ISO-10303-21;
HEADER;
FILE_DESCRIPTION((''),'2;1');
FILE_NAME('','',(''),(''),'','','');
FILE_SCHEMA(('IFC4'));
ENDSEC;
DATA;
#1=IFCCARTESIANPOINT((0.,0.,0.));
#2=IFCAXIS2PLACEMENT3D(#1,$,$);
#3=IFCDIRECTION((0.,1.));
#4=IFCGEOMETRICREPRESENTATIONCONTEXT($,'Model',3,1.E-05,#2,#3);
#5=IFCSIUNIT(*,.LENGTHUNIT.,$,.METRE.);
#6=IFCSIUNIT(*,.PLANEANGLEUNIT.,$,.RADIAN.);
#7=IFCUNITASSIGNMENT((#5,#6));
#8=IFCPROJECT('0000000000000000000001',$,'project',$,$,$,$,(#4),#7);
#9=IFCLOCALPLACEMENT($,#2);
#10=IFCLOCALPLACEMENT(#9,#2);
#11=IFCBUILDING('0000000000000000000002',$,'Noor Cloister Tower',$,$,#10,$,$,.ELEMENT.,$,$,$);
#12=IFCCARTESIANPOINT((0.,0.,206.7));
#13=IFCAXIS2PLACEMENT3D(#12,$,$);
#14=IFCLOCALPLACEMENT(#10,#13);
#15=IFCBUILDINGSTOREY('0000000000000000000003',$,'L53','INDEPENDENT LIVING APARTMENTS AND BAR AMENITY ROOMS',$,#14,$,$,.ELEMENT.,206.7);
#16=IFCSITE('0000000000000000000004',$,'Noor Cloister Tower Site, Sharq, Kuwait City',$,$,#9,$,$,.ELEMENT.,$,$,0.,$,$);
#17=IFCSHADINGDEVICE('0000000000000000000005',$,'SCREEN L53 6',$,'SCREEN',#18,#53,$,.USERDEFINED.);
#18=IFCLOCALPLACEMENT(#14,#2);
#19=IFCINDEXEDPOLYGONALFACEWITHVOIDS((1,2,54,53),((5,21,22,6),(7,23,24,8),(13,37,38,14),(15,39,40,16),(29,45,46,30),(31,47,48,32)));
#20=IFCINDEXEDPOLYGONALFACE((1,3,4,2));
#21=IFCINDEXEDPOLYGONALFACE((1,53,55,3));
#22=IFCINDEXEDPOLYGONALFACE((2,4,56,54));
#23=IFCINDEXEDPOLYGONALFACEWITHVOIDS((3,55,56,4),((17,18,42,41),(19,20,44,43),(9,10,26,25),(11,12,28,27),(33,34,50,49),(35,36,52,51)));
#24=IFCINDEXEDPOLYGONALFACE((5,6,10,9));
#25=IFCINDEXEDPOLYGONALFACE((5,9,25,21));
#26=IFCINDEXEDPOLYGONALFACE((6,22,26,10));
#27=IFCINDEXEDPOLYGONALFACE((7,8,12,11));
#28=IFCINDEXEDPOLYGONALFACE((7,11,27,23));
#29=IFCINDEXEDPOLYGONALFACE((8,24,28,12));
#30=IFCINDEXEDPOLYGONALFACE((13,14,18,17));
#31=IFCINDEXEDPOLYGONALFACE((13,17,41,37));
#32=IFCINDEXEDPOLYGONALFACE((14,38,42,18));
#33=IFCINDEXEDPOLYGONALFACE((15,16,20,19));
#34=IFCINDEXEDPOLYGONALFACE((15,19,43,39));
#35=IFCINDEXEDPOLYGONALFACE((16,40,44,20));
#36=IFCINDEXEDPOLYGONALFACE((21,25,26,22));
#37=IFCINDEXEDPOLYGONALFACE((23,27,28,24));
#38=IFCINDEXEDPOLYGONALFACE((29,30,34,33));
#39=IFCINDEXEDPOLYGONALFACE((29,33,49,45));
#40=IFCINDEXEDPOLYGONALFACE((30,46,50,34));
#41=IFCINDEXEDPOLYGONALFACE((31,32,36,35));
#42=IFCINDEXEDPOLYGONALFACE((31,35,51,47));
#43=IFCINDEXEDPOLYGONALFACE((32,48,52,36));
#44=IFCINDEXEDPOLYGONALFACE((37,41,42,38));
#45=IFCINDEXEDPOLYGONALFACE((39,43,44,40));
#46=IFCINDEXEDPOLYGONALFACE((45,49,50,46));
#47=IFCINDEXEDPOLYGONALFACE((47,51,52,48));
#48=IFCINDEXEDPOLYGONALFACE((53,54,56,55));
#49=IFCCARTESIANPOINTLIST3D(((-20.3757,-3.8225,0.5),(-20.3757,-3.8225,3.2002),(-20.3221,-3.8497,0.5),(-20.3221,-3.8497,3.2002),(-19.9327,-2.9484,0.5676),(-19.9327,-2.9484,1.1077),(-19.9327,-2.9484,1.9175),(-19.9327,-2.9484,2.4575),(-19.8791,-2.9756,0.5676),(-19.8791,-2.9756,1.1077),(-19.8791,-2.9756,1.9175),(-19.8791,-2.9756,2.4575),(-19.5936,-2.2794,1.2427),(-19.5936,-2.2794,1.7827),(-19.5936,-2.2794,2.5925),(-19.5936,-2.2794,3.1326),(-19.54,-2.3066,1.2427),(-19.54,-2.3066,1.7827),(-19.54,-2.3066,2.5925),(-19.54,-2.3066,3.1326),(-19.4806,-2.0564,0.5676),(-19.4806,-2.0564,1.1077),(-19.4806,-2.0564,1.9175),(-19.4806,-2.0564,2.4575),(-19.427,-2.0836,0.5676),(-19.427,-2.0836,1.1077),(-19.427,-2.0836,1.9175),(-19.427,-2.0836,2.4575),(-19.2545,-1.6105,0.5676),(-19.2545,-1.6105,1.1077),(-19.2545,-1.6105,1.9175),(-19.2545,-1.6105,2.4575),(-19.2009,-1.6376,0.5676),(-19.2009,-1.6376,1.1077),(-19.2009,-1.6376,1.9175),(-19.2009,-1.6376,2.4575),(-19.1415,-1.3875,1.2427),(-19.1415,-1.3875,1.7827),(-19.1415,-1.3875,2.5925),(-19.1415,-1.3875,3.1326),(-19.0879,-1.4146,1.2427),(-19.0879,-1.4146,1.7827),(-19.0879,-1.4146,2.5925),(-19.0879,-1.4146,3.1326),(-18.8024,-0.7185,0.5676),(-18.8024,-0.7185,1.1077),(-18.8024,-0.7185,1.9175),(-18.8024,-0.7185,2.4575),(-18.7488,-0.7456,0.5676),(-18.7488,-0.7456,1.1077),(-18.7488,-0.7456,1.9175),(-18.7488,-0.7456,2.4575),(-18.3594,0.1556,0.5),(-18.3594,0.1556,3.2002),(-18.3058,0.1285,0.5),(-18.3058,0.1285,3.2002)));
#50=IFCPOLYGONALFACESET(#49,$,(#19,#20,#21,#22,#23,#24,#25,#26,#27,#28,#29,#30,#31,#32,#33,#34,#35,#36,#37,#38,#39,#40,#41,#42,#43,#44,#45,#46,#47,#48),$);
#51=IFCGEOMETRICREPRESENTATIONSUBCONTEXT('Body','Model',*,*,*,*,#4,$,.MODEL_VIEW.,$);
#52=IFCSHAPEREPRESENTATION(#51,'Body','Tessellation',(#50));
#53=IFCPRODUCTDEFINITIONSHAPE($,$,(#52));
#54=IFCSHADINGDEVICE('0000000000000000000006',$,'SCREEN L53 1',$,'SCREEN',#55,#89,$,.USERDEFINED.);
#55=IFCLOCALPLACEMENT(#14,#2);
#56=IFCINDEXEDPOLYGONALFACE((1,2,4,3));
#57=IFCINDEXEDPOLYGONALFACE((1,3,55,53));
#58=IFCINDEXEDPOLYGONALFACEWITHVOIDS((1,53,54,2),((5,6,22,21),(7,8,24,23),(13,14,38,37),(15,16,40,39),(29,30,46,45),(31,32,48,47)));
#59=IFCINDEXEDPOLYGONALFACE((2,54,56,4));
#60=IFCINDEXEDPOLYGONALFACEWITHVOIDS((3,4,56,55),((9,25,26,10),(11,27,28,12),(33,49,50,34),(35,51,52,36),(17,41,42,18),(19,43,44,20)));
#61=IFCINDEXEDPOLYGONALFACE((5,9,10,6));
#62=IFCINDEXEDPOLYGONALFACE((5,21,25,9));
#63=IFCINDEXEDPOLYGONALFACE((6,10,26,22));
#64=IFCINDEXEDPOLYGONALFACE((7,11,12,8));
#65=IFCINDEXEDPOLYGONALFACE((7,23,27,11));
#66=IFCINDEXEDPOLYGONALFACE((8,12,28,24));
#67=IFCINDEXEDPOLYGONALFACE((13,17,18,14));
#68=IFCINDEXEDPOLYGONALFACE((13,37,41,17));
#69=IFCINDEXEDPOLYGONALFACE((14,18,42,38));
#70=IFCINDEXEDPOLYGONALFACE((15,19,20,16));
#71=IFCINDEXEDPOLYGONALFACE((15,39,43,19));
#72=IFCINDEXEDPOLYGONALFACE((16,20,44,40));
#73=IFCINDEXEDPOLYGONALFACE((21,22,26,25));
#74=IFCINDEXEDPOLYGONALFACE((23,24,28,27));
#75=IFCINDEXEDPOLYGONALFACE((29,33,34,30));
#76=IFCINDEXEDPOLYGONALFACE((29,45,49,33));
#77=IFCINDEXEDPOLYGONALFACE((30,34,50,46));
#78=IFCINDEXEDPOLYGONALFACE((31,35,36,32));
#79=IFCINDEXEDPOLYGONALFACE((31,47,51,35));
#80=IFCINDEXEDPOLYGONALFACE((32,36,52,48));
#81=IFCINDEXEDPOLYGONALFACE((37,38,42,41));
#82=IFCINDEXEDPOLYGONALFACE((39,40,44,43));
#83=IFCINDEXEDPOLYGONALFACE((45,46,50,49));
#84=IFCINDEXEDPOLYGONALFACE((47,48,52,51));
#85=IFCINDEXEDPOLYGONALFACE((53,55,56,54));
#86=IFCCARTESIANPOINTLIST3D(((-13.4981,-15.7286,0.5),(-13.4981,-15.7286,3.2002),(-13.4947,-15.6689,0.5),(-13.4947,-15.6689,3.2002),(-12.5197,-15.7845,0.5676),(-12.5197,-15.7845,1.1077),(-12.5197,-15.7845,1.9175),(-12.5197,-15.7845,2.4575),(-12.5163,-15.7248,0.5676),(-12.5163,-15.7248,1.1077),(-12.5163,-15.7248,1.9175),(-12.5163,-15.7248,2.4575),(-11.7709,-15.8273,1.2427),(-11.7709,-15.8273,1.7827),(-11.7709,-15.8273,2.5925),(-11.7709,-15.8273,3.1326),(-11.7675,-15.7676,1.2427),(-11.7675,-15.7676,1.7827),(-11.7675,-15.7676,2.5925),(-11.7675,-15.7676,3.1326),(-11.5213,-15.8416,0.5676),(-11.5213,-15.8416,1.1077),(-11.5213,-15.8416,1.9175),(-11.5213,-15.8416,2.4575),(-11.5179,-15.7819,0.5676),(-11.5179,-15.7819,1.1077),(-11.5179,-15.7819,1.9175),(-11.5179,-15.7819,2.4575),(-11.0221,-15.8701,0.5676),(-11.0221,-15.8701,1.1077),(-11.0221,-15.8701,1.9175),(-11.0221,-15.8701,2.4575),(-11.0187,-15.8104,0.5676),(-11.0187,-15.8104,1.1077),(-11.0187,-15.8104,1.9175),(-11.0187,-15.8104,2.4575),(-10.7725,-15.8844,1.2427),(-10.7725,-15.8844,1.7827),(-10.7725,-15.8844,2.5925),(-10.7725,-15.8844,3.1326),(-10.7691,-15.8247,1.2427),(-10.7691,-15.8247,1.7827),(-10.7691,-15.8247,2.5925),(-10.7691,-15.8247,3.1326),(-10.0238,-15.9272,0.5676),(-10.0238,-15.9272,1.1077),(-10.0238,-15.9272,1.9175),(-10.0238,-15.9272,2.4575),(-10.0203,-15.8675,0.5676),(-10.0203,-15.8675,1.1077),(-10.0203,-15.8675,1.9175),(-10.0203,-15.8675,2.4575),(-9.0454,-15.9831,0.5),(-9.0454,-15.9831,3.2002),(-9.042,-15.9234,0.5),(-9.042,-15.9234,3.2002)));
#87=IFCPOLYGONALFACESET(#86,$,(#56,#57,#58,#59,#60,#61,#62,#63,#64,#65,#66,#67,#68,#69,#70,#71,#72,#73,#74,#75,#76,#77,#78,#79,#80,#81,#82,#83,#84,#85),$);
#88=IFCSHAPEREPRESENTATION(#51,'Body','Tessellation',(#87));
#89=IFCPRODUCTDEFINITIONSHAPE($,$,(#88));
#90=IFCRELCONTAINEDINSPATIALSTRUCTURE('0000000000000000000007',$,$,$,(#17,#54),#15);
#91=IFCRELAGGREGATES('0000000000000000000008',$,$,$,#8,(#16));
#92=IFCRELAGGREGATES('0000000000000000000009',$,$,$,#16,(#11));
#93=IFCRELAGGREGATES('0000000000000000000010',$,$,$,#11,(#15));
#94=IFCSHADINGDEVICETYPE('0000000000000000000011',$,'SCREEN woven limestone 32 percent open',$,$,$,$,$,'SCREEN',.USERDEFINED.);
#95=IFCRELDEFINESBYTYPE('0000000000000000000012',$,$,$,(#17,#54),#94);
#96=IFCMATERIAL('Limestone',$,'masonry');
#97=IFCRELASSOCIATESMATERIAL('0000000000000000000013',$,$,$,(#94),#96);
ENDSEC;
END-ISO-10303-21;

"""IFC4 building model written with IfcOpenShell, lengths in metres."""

from ifc_helpers import new_model, si_unit, direction, frame, origin, place, context, subcontext, project, spatial, polyline, outline, extrude, material, material_profile, profile_set, type_object, element, save


model = new_model("IFC4")

# Units and contexts
model_context = context("Model", 3, precision=1e-05, world=origin(), true_north=direction((0.0, 1.0)))
body_context = subcontext(model_context, "Body", "Model", "MODEL_VIEW")
ifc_project = project(units=[si_unit("LENGTHUNIT", "METRE"), si_unit("PLANEANGLEUNIT", "RADIAN")], contexts=[model_context])

# Site, building, storey
site_placement = place(None, origin())
site = spatial("IfcSite", under=ifc_project, at=site_placement, Name="Noor Cloister Tower Site, Sharq, Kuwait City", CompositionType="ELEMENT", RefElevation=0.0)
building_placement = place(site_placement, origin())
building = spatial("IfcBuilding", under=site, at=building_placement, Name="Noor Cloister Tower", CompositionType="ELEMENT")
storey_placement = place(building_placement, frame((0.0, 0.0, 206.7)))
storey = spatial("IfcBuildingStorey", under=building, at=storey_placement, Name="L53", Description="INDEPENDENT LIVING APARTMENTS AND BAR AMENITY ROOMS", CompositionType="ELEMENT", Elevation=206.7)

# Shading devices
ifc_material_1 = material(Name="Limestone", Category="masonry")
ifc_material_profile_1 = material_profile(ifc_material_1, outline(polyline([(-2.23, -1.3501), (2.23, -1.3501), (2.23, 1.3501), (-2.23, 1.3501), (-2.23, -1.3501)]), holes=[polyline([(-1.25, -1.2825), (-0.25, -1.2825), (-0.25, -0.7424), (-1.25, -0.7424), (-1.25, -1.2825)]), polyline([(0.25, -1.2825), (1.25, -1.2825), (1.25, -0.7424), (0.25, -0.7424), (0.25, -1.2825)]), polyline([(-0.5, -0.6074), (0.5, -0.6074), (0.5, -0.0674), (-0.5, -0.0674), (-0.5, -0.6074)]), polyline([(-1.25, 0.0674), (-0.25, 0.0674), (-0.25, 0.6074), (-1.25, 0.6074), (-1.25, 0.0674)]), polyline([(0.25, 0.0674), (1.25, 0.0674), (1.25, 0.6074), (0.25, 0.6074), (0.25, 0.0674)]), polyline([(-0.5, 0.7424), (0.5, 0.7424), (0.5, 1.2825), (-0.5, 1.2825), (-0.5, 0.7424)])]), Name="Woven screen 32 percent open")
ifc_profile_set_1 = profile_set([ifc_material_profile_1], Name="Limestone")
shading_device_type = type_object("IfcShadingDeviceType", Name="SCREEN woven limestone 32 percent open", ElementType="SCREEN", PredefinedType="USERDEFINED", material=ifc_profile_set_1)
shading_device_1_placement = place(storey_placement, frame((-19.314, -1.8606, 1.8501), z_axis=(-0.89197, 0.452094, 0.0), x_axis=(-0.452094, -0.89197, 0.0)))
element("IfcShadingDevice", 1, at=shading_device_1_placement, inside=storey, type_object=shading_device_type, Name="SCREEN L53 6", ObjectType="SCREEN", PredefinedType="USERDEFINED", context=body_context, shape_type="SweptSolid", body=[
    extrude(outline(polyline([(-2.23, -1.3501), (2.23, -1.3501), (2.23, 1.3501), (-2.23, 1.3501), (-2.23, -1.3501)]), holes=[polyline([(-1.25, -1.2825), (-0.25, -1.2825), (-0.25, -0.7424), (-1.25, -0.7424), (-1.25, -1.2825)]), polyline([(0.25, -1.2825), (1.25, -1.2825), (1.25, -0.7424), (0.25, -0.7424), (0.25, -1.2825)]), polyline([(-0.5, -0.6074), (0.5, -0.6074), (0.5, -0.0674), (-0.5, -0.0674), (-0.5, -0.6074)]), polyline([(-1.25, 0.0674), (-0.25, 0.0674), (-0.25, 0.6074), (-1.25, 0.6074), (-1.25, 0.0674)]), polyline([(0.25, 0.0674), (1.25, 0.0674), (1.25, 0.6074), (0.25, 0.6074), (0.25, 0.0674)]), polyline([(-0.5, 0.7424), (0.5, 0.7424), (0.5, 1.2825), (-0.5, 1.2825), (-0.5, 0.7424)])]), origin(), (0.0, 0.0, 1.0), 0.0601),
])
shading_device_2_placement = place(storey_placement, frame((-11.2683, -15.7961, 1.8501), z_axis=(-0.05705, -0.998371, 0.0), x_axis=(0.998371, -0.05705, 0.0)))
element("IfcShadingDevice", 2, at=shading_device_2_placement, inside=storey, type_object=shading_device_type, Name="SCREEN L53 1", ObjectType="SCREEN", PredefinedType="USERDEFINED", context=body_context, shape_type="SweptSolid", body=[
    extrude(outline(polyline([(-2.23, -1.3501), (2.23, -1.3501), (2.23, 1.3501), (-2.23, 1.3501), (-2.23, -1.3501)]), holes=[polyline([(-1.25, -1.2825), (-0.25, -1.2825), (-0.25, -0.7424), (-1.25, -0.7424), (-1.25, -1.2825)]), polyline([(0.25, -1.2825), (1.25, -1.2825), (1.25, -0.7424), (0.25, -0.7424), (0.25, -1.2825)]), polyline([(-0.5, -0.6074), (0.5, -0.6074), (0.5, -0.0674), (-0.5, -0.0674), (-0.5, -0.6074)]), polyline([(-1.25, 0.0674), (-0.25, 0.0674), (-0.25, 0.6074), (-1.25, 0.6074), (-1.25, 0.0674)]), polyline([(0.25, 0.0674), (1.25, 0.0674), (1.25, 0.6074), (0.25, 0.6074), (0.25, 0.0674)]), polyline([(-0.5, 0.7424), (0.5, 0.7424), (0.5, 1.2825), (-0.5, 1.2825), (-0.5, 0.7424)])]), origin(), (0.0, 0.0, 1.0), 0.0598),
])

save(model, "model.ifc")
